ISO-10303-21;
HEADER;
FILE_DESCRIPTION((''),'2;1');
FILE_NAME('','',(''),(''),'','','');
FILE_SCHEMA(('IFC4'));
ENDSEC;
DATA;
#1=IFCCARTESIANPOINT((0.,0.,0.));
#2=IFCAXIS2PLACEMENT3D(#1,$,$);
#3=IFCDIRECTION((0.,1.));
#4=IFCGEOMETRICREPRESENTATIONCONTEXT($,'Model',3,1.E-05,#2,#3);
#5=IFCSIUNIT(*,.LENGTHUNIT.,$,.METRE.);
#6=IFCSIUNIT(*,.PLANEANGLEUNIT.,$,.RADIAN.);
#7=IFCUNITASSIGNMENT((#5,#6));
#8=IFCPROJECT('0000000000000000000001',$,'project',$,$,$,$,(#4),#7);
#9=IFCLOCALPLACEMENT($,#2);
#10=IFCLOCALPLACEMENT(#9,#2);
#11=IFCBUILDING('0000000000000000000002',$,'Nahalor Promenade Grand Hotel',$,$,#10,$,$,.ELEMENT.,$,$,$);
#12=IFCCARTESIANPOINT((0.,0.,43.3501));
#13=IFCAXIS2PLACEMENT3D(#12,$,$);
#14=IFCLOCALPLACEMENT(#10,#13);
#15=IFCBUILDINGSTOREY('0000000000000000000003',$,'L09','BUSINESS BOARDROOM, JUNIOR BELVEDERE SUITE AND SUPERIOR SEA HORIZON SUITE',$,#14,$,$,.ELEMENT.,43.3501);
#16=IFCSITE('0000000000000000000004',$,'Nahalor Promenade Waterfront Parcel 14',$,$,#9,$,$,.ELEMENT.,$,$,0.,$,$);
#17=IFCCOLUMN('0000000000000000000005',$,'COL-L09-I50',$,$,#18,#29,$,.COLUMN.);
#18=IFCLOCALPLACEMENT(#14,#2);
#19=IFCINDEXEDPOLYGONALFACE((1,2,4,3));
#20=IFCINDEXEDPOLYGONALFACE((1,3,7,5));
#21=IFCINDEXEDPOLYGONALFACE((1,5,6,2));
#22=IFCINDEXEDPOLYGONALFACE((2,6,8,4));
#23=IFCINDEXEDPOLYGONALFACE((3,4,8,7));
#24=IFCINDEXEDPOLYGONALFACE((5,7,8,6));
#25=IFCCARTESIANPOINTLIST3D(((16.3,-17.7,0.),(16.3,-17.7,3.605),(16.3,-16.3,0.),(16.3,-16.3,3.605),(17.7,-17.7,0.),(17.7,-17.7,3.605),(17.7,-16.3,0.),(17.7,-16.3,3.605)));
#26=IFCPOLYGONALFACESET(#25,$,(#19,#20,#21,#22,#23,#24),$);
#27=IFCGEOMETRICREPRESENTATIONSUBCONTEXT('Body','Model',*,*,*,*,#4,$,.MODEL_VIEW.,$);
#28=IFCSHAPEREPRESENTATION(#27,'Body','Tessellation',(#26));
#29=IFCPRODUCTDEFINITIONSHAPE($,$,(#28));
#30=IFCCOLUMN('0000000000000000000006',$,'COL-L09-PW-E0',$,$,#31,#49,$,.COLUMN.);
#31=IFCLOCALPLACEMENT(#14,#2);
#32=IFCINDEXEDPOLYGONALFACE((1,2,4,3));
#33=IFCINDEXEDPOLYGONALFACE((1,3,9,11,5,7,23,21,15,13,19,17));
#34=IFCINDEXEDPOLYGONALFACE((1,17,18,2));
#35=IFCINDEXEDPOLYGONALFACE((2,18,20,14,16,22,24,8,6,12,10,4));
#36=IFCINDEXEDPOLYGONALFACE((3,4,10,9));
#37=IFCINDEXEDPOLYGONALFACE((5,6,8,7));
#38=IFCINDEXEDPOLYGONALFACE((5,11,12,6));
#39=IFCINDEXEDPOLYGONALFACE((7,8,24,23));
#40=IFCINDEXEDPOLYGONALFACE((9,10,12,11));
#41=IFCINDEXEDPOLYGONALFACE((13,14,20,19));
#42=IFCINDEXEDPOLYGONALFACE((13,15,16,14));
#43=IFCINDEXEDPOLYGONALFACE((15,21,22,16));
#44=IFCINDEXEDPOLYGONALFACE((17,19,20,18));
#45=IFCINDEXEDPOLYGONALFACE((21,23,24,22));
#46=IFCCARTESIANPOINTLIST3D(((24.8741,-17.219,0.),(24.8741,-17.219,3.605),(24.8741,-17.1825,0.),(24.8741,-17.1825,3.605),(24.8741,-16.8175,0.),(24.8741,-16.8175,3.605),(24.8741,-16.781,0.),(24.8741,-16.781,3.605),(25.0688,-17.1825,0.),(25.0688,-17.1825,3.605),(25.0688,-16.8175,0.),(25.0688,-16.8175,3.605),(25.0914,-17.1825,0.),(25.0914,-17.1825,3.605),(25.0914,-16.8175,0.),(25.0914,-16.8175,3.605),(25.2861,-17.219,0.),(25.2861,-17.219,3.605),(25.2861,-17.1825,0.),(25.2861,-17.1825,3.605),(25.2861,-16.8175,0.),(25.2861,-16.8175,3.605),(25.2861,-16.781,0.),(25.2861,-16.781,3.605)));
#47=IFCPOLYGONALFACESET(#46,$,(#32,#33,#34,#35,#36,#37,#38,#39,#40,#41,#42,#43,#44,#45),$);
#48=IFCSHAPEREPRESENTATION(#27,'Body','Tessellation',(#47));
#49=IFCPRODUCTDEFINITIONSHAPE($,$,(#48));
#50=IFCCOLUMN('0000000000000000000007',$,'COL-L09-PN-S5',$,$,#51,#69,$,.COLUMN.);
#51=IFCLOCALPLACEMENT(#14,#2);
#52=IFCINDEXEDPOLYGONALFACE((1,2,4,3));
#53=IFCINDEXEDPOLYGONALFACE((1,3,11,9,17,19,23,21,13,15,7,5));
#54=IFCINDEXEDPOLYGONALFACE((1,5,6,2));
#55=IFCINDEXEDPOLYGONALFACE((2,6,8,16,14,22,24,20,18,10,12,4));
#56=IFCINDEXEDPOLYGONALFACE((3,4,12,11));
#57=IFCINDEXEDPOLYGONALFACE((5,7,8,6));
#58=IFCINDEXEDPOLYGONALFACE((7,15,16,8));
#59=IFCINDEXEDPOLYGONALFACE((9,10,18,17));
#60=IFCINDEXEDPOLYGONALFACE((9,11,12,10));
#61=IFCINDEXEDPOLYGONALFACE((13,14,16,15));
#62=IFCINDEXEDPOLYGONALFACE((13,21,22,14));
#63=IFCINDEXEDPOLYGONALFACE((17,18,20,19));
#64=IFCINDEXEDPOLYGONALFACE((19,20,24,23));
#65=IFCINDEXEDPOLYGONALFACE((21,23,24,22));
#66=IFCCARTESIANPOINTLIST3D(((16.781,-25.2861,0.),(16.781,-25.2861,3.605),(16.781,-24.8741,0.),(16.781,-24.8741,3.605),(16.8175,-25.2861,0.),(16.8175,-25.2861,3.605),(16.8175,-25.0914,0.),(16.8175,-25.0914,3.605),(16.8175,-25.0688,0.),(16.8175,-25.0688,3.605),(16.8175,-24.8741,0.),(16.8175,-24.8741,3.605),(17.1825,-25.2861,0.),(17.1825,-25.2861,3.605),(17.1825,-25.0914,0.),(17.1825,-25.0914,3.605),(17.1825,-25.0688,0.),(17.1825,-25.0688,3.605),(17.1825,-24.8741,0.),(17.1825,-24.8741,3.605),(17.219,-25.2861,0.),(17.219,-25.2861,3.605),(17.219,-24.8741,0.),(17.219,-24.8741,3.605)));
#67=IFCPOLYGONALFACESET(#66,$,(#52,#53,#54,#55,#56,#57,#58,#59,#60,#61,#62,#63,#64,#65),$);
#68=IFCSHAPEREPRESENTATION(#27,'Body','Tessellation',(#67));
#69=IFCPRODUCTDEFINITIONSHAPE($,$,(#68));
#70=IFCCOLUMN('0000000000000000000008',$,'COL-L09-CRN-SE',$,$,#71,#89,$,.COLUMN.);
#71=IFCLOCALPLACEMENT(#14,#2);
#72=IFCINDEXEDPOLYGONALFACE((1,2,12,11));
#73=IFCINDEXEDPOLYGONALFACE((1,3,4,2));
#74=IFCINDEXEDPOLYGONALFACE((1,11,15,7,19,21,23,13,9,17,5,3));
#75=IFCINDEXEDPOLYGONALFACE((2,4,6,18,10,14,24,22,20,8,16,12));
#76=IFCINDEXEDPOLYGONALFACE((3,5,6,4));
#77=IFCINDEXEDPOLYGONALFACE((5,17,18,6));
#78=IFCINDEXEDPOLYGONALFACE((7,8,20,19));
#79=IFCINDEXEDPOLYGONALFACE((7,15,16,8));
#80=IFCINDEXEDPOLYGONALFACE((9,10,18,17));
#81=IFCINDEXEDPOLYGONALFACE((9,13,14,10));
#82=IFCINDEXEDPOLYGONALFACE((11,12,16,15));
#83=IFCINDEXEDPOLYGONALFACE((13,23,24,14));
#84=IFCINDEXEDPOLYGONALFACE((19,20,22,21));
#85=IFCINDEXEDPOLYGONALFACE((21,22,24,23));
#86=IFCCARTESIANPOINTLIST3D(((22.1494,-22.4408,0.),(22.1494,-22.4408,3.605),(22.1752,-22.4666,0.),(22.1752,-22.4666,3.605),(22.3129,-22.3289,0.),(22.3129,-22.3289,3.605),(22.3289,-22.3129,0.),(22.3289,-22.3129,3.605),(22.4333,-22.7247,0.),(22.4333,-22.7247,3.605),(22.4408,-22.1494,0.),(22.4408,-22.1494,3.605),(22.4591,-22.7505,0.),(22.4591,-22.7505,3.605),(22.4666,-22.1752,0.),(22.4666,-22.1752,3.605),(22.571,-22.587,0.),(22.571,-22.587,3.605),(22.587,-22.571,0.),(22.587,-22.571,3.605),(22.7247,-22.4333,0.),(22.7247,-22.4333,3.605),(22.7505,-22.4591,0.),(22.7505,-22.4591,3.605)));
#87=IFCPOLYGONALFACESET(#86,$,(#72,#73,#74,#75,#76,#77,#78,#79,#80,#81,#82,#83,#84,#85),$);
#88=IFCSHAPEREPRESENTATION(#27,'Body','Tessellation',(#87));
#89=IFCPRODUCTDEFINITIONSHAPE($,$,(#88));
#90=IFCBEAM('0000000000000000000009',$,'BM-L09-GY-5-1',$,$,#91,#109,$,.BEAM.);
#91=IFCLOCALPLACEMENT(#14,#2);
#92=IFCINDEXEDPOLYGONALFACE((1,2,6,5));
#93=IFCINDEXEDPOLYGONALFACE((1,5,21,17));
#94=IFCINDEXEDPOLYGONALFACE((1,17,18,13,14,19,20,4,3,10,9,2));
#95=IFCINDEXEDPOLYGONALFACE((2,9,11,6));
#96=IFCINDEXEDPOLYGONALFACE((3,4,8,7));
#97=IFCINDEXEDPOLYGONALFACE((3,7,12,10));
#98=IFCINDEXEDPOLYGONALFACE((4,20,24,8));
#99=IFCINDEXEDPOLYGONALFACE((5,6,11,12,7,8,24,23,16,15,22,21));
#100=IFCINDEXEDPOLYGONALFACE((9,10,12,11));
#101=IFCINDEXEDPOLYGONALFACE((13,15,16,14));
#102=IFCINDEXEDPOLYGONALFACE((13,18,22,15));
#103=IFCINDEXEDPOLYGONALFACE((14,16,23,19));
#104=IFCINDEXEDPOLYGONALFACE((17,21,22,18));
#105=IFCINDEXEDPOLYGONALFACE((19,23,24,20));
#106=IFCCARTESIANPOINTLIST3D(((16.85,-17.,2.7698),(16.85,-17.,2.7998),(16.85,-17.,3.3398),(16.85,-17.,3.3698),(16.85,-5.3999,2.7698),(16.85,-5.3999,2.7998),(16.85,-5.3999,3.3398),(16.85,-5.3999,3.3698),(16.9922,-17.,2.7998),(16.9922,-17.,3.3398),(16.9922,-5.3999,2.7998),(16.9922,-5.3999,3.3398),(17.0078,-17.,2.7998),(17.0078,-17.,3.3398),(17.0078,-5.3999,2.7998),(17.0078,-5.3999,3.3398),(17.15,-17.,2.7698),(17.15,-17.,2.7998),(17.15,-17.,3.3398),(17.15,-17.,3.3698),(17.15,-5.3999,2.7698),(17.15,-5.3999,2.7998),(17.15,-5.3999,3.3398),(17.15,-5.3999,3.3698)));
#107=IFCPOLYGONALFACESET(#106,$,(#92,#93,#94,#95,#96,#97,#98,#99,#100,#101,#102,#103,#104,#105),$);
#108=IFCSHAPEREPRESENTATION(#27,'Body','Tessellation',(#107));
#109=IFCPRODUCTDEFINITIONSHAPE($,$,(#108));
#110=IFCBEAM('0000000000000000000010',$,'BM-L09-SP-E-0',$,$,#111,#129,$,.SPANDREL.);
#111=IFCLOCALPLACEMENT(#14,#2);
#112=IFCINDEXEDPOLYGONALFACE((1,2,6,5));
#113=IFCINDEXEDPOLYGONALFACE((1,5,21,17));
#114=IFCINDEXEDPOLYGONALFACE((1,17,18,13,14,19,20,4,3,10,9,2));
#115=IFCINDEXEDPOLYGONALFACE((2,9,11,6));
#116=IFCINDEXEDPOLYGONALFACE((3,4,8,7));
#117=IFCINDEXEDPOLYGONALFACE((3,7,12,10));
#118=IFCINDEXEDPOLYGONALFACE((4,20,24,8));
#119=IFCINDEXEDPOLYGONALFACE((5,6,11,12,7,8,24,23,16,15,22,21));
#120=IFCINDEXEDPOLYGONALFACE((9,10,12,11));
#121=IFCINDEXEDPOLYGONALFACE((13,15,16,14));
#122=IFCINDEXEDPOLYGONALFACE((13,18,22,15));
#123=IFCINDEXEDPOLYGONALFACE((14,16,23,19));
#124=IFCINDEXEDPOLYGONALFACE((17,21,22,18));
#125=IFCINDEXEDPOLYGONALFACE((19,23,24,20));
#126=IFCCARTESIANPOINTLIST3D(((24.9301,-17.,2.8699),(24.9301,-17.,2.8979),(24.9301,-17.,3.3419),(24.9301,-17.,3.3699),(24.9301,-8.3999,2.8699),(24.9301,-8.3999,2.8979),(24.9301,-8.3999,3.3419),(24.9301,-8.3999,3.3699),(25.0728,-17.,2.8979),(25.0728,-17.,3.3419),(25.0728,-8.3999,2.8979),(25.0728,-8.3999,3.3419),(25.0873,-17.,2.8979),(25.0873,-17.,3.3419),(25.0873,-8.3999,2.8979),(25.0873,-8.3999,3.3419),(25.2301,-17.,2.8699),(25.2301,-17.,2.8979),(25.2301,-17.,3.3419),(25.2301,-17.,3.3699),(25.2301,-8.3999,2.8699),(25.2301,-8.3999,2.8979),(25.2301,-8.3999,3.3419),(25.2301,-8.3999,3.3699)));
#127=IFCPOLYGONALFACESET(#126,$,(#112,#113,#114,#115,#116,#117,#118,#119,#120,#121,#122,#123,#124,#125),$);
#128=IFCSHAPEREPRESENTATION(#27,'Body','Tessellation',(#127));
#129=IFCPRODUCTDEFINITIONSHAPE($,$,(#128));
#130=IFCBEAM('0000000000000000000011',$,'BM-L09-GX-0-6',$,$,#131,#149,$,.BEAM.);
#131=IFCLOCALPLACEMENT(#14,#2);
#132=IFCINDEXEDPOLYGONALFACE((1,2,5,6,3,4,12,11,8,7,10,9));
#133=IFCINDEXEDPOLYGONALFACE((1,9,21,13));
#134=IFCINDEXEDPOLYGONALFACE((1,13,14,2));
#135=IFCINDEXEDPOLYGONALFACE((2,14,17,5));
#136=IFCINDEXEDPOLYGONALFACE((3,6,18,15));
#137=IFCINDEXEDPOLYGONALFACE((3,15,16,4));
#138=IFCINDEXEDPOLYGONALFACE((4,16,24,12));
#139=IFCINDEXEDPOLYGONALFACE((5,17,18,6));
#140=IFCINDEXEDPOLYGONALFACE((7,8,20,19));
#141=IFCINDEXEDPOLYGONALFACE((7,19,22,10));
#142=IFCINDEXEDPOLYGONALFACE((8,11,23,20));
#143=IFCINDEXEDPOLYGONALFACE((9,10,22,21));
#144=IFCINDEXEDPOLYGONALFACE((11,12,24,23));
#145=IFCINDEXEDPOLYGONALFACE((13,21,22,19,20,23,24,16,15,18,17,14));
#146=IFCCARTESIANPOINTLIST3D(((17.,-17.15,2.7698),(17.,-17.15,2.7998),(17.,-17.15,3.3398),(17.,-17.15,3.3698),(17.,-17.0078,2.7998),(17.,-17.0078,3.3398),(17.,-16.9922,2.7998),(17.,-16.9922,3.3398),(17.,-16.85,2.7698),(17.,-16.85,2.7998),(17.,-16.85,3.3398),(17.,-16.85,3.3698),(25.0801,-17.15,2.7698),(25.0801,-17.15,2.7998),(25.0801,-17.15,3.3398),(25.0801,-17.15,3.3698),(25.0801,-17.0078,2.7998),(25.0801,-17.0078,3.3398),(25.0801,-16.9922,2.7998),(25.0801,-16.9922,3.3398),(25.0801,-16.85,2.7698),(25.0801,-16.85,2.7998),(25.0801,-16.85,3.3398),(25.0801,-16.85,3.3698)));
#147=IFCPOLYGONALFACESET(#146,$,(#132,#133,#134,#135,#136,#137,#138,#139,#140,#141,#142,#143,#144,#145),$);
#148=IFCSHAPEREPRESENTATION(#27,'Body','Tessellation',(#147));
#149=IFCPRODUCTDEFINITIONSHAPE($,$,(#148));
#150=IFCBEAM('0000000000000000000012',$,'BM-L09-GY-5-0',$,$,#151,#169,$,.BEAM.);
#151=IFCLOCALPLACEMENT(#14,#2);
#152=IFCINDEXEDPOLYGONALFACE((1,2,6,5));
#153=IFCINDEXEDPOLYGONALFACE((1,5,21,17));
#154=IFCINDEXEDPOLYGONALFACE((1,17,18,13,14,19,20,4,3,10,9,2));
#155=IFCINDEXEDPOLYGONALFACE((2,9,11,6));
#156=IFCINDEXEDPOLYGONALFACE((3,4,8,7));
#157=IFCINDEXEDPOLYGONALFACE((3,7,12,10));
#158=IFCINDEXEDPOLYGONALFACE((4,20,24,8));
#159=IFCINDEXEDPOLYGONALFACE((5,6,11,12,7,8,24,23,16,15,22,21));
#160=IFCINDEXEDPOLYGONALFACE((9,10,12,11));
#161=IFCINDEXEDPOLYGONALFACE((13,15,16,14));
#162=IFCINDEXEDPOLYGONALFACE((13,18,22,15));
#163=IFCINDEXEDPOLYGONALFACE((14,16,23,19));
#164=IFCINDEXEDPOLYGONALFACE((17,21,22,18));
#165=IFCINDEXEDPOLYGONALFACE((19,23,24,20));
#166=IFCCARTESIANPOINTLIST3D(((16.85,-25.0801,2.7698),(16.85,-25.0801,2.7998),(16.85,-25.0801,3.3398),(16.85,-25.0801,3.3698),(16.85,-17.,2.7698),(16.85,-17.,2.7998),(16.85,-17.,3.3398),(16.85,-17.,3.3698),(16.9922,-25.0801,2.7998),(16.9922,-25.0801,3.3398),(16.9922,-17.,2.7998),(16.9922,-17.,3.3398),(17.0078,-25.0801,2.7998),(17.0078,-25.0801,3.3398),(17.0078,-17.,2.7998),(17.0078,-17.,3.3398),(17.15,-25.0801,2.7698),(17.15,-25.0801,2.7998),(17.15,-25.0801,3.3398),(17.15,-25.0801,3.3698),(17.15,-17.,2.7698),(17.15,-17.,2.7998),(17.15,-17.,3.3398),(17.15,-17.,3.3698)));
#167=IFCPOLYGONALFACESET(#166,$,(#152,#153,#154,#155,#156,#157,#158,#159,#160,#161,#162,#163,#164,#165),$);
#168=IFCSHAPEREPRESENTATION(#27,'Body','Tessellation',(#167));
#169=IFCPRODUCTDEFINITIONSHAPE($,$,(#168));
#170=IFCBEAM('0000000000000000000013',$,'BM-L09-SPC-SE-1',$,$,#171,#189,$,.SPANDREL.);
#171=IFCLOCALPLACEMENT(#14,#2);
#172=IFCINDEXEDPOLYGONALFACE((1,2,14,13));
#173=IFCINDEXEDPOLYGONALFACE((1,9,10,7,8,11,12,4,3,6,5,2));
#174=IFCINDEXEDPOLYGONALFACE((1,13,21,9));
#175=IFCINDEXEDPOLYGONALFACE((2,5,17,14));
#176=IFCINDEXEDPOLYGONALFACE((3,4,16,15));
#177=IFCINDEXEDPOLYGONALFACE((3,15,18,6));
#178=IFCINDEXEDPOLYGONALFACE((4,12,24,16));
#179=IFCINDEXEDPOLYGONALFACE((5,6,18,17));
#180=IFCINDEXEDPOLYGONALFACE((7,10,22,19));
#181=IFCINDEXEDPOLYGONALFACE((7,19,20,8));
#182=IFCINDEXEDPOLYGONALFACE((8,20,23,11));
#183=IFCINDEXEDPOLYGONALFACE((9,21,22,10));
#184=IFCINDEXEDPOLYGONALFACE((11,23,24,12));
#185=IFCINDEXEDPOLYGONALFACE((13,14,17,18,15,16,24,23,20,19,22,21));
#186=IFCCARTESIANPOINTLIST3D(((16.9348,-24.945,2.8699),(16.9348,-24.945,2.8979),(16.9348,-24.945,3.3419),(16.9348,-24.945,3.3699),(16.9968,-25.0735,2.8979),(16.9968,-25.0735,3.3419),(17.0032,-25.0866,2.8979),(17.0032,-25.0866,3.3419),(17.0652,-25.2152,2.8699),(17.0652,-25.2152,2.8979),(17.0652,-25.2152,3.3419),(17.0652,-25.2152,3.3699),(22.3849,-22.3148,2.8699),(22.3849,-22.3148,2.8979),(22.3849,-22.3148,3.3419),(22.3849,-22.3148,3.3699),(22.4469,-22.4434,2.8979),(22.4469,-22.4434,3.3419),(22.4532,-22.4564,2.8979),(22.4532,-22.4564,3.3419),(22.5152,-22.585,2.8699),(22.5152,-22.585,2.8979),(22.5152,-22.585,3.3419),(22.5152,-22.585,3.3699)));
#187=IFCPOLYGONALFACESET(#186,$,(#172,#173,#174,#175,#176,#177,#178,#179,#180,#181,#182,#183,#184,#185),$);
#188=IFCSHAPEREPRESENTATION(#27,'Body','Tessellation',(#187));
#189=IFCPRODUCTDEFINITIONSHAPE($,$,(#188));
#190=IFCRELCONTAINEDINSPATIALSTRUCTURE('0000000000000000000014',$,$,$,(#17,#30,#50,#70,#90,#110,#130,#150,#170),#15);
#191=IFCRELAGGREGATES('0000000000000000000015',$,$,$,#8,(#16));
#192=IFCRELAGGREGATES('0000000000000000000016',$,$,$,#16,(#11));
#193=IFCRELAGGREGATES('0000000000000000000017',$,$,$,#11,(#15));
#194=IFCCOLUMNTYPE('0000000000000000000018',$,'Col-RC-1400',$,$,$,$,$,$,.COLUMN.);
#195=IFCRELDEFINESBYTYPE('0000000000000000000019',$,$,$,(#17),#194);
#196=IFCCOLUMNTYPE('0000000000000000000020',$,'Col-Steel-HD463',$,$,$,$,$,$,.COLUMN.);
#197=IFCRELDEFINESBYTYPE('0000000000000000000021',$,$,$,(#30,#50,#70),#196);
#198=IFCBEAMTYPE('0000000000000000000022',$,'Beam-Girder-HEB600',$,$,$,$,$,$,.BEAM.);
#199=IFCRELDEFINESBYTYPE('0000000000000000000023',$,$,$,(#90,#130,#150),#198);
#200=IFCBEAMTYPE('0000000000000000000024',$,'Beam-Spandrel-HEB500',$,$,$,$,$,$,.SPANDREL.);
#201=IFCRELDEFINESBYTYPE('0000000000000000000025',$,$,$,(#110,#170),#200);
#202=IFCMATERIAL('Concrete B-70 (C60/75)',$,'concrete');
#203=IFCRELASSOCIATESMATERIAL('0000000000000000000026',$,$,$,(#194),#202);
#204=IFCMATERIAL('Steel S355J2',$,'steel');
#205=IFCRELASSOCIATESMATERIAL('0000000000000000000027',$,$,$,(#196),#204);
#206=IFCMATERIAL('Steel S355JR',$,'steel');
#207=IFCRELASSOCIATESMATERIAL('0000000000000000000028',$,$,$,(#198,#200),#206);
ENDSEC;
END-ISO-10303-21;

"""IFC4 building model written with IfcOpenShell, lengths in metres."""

from ifc_helpers import new_model, si_unit, direction, frame, origin, origin_2d, place, context, subcontext, project, spatial, rectangle, i_section, extrude, source, transform, mapped, material, material_profile, profile_set, type_object, element, save


model = new_model("IFC4")

# Units and contexts
model_context = context("Model", 3, precision=1e-05, world=origin(), true_north=direction((0.0, 1.0)))
body_context = subcontext(model_context, "Body", "Model", "MODEL_VIEW")
ifc_project = project(units=[si_unit("LENGTHUNIT", "METRE"), si_unit("PLANEANGLEUNIT", "RADIAN")], contexts=[model_context])

# Site, building, storey
site_placement = place(None, origin())
site = spatial("IfcSite", under=ifc_project, at=site_placement, Name="Nahalor Promenade Waterfront Parcel 14", CompositionType="ELEMENT", RefElevation=0.0)
building_placement = place(site_placement, origin())
building = spatial("IfcBuilding", under=site, at=building_placement, Name="Nahalor Promenade Grand Hotel", CompositionType="ELEMENT")
storey_placement = place(building_placement, frame((0.0, 0.0, 43.3501)))
storey = spatial("IfcBuildingStorey", under=building, at=storey_placement, Name="L09", Description="BUSINESS BOARDROOM, JUNIOR BELVEDERE SUITE AND SUPERIOR SEA HORIZON SUITE", CompositionType="ELEMENT", Elevation=43.3501)

# Columns
ifc_material_1 = material(Name="Concrete B-70 (C60/75)", Category="concrete")
ifc_material_profile_1 = material_profile(ifc_material_1, rectangle(XDim=1.4, YDim=1.4, at=origin_2d()), Name="RC 1400x1400")
ifc_profile_set_1 = profile_set([ifc_material_profile_1], Name="Concrete B-70 (C60/75)")
column_type_1 = type_object("IfcColumnType", Name="Col-RC-1400", PredefinedType="COLUMN", material=ifc_profile_set_1)
shared_shape_1 = source(origin(), body_context, "Body", "SweptSolid", [
    extrude(rectangle(XDim=1.4, YDim=1.4, at=origin_2d()), origin(), (0.0, 0.0, 1.0), 3.605),
])
column_placement = place(storey_placement, frame((17.0, -17.0, 0.0), z_axis=(0.0, 0.0, 1.0), x_axis=(1.0, 0.0, 0.0)))
element("IfcColumn", 1, at=column_placement, inside=storey, type_object=column_type_1, Name="COL-L09-I50", PredefinedType="COLUMN", context=body_context, shape_type="MappedRepresentation", body=[
    mapped(shared_shape_1, transform((0.0, 0.0, 0.0), scale=1.0)),
])
ifc_material_2 = material(Name="Steel S355J2", Category="steel")
ifc_material_profile_2 = material_profile(ifc_material_2, i_section(OverallWidth=0.412, OverallDepth=0.438, WebThickness=0.0226, FlangeThickness=0.0365, at=origin_2d()), Name="HD 400x463")
ifc_profile_set_2 = profile_set([ifc_material_profile_2], Name="Steel S355J2")
column_type_2 = type_object("IfcColumnType", Name="Col-Steel-HD463", PredefinedType="COLUMN", material=ifc_profile_set_2)
shared_shape_2 = source(origin(), body_context, "Body", "SweptSolid", [
    extrude(i_section(OverallWidth=0.412, OverallDepth=0.438, WebThickness=0.0226, FlangeThickness=0.0365, at=origin_2d()), origin(), (0.0, 0.0, 1.0), 3.605),
])
for number, where, z_axis, x_axis, name in (
    (2, (25.0801, -17.0, 0.0), (0.0, 0.0, 1.0), (1.0, 0.0, 0.0), "COL-L09-PW-E0"),
    (3, (17.0, -25.0801, 0.0), (0.0, 0.0, 1.0), (0.0, 1.0, 0.0), "COL-L09-PN-S5"),
    (4, (22.45, -22.45, 0.0), (0.0, 0.0, 1.0), (0.707107, 0.707107, 0.0), "COL-L09-CRN-SE"),
):
    element("IfcColumn", number, at=place(storey_placement, frame(where, z_axis=z_axis, x_axis=x_axis)), inside=storey, type_object=column_type_2, Name=name, PredefinedType="COLUMN", context=body_context, shape_type="MappedRepresentation", body=[
        mapped(shared_shape_2, transform((0.0, 0.0, 0.0), scale=1.0)),
    ])

# Beams
ifc_material_3 = material(Name="Steel S355JR", Category="steel")
ifc_material_profile_3 = material_profile(ifc_material_3, i_section(OverallWidth=0.3, OverallDepth=0.6, WebThickness=0.0155, FlangeThickness=0.03, at=origin_2d()), Name="HEB 600")
ifc_profile_set_3 = profile_set([ifc_material_profile_3], Name="Steel S355JR")
beam_type_1 = type_object("IfcBeamType", Name="Beam-Girder-HEB600", PredefinedType="BEAM", material=ifc_profile_set_3)
shared_shape_3 = source(origin(), body_context, "Body", "SweptSolid", [
    extrude(i_section(OverallWidth=0.3, OverallDepth=0.6, WebThickness=0.0155, FlangeThickness=0.03, at=origin_2d()), origin(), (0.0, 0.0, 1.0), 11.6001),
])
beam_1_placement = place(storey_placement, frame((17.0, -17.0, 3.0698), z_axis=(0.0, 1.0, 0.0), x_axis=(-1.0, 0.0, 0.0)))
element("IfcBeam", 5, at=beam_1_placement, inside=storey, type_object=beam_type_1, Name="BM-L09-GY-5-1", PredefinedType="BEAM", context=body_context, shape_type="MappedRepresentation", body=[
    mapped(shared_shape_3, transform((0.0, 0.0, 0.0), scale=1.0)),
])
ifc_material_profile_4 = material_profile(ifc_material_3, i_section(OverallWidth=0.3, OverallDepth=0.5, WebThickness=0.0145, FlangeThickness=0.028, at=origin_2d()), Name="HEB 500")
ifc_profile_set_4 = profile_set([ifc_material_profile_4], Name="Steel S355JR")
beam_type_2 = type_object("IfcBeamType", Name="Beam-Spandrel-HEB500", PredefinedType="SPANDREL", material=ifc_profile_set_4)
shared_shape_4 = source(origin(), body_context, "Body", "SweptSolid", [
    extrude(i_section(OverallWidth=0.3, OverallDepth=0.5, WebThickness=0.0145, FlangeThickness=0.028, at=origin_2d()), origin(), (0.0, 0.0, 1.0), 8.6001),
])
beam_2_placement = place(storey_placement, frame((25.0801, -17.0, 3.1199), z_axis=(0.0, 1.0, 0.0), x_axis=(-1.0, 0.0, 0.0)))
element("IfcBeam", 6, at=beam_2_placement, inside=storey, type_object=beam_type_2, Name="BM-L09-SP-E-0", PredefinedType="SPANDREL", context=body_context, shape_type="MappedRepresentation", body=[
    mapped(shared_shape_4, transform((0.0, 0.0, 0.0), scale=1.0)),
])
shared_shape_5 = source(origin(), body_context, "Body", "SweptSolid", [
    extrude(i_section(OverallWidth=0.3, OverallDepth=0.6, WebThickness=0.0155, FlangeThickness=0.03, at=origin_2d()), origin(), (0.0, 0.0, 1.0), 8.0801),
])
for number, where, z_axis, x_axis, name in (
    (7, (17.0, -17.0, 3.0698), (1.0, 0.0, 0.0), (0.0, 1.0, 0.0), "BM-L09-GX-0-6"),
    (8, (17.0, -25.0801, 3.0698), (0.0, 1.0, 0.0), (-1.0, 0.0, 0.0), "BM-L09-GY-5-0"),
):
    element("IfcBeam", number, at=place(storey_placement, frame(where, z_axis=z_axis, x_axis=x_axis)), inside=storey, type_object=beam_type_1, Name=name, PredefinedType="BEAM", context=body_context, shape_type="MappedRepresentation", body=[
        mapped(shared_shape_5, transform((0.0, 0.0, 0.0), scale=1.0)),
    ])
shared_shape_6 = source(origin(), body_context, "Body", "SweptSolid", [
    extrude(i_section(OverallWidth=0.3, OverallDepth=0.5, WebThickness=0.0145, FlangeThickness=0.028, at=origin_2d()), origin(), (0.0, 0.0, 1.0), 6.0515),
])
for number, where, z_axis, x_axis, name in (
    (9, (17.0, -25.0801, 3.1199), (0.900609, 0.434631, 0.0), (-0.434631, 0.900609, 0.0), "BM-L09-SPC-SE-1"),
):
    element("IfcBeam", number, at=place(storey_placement, frame(where, z_axis=z_axis, x_axis=x_axis)), inside=storey, type_object=beam_type_2, Name=name, PredefinedType="SPANDREL", context=body_context, shape_type="MappedRepresentation", body=[
        mapped(shared_shape_6, transform((0.0, 0.0, 0.0), scale=1.0)),
    ])

save(model, "model.ifc")
